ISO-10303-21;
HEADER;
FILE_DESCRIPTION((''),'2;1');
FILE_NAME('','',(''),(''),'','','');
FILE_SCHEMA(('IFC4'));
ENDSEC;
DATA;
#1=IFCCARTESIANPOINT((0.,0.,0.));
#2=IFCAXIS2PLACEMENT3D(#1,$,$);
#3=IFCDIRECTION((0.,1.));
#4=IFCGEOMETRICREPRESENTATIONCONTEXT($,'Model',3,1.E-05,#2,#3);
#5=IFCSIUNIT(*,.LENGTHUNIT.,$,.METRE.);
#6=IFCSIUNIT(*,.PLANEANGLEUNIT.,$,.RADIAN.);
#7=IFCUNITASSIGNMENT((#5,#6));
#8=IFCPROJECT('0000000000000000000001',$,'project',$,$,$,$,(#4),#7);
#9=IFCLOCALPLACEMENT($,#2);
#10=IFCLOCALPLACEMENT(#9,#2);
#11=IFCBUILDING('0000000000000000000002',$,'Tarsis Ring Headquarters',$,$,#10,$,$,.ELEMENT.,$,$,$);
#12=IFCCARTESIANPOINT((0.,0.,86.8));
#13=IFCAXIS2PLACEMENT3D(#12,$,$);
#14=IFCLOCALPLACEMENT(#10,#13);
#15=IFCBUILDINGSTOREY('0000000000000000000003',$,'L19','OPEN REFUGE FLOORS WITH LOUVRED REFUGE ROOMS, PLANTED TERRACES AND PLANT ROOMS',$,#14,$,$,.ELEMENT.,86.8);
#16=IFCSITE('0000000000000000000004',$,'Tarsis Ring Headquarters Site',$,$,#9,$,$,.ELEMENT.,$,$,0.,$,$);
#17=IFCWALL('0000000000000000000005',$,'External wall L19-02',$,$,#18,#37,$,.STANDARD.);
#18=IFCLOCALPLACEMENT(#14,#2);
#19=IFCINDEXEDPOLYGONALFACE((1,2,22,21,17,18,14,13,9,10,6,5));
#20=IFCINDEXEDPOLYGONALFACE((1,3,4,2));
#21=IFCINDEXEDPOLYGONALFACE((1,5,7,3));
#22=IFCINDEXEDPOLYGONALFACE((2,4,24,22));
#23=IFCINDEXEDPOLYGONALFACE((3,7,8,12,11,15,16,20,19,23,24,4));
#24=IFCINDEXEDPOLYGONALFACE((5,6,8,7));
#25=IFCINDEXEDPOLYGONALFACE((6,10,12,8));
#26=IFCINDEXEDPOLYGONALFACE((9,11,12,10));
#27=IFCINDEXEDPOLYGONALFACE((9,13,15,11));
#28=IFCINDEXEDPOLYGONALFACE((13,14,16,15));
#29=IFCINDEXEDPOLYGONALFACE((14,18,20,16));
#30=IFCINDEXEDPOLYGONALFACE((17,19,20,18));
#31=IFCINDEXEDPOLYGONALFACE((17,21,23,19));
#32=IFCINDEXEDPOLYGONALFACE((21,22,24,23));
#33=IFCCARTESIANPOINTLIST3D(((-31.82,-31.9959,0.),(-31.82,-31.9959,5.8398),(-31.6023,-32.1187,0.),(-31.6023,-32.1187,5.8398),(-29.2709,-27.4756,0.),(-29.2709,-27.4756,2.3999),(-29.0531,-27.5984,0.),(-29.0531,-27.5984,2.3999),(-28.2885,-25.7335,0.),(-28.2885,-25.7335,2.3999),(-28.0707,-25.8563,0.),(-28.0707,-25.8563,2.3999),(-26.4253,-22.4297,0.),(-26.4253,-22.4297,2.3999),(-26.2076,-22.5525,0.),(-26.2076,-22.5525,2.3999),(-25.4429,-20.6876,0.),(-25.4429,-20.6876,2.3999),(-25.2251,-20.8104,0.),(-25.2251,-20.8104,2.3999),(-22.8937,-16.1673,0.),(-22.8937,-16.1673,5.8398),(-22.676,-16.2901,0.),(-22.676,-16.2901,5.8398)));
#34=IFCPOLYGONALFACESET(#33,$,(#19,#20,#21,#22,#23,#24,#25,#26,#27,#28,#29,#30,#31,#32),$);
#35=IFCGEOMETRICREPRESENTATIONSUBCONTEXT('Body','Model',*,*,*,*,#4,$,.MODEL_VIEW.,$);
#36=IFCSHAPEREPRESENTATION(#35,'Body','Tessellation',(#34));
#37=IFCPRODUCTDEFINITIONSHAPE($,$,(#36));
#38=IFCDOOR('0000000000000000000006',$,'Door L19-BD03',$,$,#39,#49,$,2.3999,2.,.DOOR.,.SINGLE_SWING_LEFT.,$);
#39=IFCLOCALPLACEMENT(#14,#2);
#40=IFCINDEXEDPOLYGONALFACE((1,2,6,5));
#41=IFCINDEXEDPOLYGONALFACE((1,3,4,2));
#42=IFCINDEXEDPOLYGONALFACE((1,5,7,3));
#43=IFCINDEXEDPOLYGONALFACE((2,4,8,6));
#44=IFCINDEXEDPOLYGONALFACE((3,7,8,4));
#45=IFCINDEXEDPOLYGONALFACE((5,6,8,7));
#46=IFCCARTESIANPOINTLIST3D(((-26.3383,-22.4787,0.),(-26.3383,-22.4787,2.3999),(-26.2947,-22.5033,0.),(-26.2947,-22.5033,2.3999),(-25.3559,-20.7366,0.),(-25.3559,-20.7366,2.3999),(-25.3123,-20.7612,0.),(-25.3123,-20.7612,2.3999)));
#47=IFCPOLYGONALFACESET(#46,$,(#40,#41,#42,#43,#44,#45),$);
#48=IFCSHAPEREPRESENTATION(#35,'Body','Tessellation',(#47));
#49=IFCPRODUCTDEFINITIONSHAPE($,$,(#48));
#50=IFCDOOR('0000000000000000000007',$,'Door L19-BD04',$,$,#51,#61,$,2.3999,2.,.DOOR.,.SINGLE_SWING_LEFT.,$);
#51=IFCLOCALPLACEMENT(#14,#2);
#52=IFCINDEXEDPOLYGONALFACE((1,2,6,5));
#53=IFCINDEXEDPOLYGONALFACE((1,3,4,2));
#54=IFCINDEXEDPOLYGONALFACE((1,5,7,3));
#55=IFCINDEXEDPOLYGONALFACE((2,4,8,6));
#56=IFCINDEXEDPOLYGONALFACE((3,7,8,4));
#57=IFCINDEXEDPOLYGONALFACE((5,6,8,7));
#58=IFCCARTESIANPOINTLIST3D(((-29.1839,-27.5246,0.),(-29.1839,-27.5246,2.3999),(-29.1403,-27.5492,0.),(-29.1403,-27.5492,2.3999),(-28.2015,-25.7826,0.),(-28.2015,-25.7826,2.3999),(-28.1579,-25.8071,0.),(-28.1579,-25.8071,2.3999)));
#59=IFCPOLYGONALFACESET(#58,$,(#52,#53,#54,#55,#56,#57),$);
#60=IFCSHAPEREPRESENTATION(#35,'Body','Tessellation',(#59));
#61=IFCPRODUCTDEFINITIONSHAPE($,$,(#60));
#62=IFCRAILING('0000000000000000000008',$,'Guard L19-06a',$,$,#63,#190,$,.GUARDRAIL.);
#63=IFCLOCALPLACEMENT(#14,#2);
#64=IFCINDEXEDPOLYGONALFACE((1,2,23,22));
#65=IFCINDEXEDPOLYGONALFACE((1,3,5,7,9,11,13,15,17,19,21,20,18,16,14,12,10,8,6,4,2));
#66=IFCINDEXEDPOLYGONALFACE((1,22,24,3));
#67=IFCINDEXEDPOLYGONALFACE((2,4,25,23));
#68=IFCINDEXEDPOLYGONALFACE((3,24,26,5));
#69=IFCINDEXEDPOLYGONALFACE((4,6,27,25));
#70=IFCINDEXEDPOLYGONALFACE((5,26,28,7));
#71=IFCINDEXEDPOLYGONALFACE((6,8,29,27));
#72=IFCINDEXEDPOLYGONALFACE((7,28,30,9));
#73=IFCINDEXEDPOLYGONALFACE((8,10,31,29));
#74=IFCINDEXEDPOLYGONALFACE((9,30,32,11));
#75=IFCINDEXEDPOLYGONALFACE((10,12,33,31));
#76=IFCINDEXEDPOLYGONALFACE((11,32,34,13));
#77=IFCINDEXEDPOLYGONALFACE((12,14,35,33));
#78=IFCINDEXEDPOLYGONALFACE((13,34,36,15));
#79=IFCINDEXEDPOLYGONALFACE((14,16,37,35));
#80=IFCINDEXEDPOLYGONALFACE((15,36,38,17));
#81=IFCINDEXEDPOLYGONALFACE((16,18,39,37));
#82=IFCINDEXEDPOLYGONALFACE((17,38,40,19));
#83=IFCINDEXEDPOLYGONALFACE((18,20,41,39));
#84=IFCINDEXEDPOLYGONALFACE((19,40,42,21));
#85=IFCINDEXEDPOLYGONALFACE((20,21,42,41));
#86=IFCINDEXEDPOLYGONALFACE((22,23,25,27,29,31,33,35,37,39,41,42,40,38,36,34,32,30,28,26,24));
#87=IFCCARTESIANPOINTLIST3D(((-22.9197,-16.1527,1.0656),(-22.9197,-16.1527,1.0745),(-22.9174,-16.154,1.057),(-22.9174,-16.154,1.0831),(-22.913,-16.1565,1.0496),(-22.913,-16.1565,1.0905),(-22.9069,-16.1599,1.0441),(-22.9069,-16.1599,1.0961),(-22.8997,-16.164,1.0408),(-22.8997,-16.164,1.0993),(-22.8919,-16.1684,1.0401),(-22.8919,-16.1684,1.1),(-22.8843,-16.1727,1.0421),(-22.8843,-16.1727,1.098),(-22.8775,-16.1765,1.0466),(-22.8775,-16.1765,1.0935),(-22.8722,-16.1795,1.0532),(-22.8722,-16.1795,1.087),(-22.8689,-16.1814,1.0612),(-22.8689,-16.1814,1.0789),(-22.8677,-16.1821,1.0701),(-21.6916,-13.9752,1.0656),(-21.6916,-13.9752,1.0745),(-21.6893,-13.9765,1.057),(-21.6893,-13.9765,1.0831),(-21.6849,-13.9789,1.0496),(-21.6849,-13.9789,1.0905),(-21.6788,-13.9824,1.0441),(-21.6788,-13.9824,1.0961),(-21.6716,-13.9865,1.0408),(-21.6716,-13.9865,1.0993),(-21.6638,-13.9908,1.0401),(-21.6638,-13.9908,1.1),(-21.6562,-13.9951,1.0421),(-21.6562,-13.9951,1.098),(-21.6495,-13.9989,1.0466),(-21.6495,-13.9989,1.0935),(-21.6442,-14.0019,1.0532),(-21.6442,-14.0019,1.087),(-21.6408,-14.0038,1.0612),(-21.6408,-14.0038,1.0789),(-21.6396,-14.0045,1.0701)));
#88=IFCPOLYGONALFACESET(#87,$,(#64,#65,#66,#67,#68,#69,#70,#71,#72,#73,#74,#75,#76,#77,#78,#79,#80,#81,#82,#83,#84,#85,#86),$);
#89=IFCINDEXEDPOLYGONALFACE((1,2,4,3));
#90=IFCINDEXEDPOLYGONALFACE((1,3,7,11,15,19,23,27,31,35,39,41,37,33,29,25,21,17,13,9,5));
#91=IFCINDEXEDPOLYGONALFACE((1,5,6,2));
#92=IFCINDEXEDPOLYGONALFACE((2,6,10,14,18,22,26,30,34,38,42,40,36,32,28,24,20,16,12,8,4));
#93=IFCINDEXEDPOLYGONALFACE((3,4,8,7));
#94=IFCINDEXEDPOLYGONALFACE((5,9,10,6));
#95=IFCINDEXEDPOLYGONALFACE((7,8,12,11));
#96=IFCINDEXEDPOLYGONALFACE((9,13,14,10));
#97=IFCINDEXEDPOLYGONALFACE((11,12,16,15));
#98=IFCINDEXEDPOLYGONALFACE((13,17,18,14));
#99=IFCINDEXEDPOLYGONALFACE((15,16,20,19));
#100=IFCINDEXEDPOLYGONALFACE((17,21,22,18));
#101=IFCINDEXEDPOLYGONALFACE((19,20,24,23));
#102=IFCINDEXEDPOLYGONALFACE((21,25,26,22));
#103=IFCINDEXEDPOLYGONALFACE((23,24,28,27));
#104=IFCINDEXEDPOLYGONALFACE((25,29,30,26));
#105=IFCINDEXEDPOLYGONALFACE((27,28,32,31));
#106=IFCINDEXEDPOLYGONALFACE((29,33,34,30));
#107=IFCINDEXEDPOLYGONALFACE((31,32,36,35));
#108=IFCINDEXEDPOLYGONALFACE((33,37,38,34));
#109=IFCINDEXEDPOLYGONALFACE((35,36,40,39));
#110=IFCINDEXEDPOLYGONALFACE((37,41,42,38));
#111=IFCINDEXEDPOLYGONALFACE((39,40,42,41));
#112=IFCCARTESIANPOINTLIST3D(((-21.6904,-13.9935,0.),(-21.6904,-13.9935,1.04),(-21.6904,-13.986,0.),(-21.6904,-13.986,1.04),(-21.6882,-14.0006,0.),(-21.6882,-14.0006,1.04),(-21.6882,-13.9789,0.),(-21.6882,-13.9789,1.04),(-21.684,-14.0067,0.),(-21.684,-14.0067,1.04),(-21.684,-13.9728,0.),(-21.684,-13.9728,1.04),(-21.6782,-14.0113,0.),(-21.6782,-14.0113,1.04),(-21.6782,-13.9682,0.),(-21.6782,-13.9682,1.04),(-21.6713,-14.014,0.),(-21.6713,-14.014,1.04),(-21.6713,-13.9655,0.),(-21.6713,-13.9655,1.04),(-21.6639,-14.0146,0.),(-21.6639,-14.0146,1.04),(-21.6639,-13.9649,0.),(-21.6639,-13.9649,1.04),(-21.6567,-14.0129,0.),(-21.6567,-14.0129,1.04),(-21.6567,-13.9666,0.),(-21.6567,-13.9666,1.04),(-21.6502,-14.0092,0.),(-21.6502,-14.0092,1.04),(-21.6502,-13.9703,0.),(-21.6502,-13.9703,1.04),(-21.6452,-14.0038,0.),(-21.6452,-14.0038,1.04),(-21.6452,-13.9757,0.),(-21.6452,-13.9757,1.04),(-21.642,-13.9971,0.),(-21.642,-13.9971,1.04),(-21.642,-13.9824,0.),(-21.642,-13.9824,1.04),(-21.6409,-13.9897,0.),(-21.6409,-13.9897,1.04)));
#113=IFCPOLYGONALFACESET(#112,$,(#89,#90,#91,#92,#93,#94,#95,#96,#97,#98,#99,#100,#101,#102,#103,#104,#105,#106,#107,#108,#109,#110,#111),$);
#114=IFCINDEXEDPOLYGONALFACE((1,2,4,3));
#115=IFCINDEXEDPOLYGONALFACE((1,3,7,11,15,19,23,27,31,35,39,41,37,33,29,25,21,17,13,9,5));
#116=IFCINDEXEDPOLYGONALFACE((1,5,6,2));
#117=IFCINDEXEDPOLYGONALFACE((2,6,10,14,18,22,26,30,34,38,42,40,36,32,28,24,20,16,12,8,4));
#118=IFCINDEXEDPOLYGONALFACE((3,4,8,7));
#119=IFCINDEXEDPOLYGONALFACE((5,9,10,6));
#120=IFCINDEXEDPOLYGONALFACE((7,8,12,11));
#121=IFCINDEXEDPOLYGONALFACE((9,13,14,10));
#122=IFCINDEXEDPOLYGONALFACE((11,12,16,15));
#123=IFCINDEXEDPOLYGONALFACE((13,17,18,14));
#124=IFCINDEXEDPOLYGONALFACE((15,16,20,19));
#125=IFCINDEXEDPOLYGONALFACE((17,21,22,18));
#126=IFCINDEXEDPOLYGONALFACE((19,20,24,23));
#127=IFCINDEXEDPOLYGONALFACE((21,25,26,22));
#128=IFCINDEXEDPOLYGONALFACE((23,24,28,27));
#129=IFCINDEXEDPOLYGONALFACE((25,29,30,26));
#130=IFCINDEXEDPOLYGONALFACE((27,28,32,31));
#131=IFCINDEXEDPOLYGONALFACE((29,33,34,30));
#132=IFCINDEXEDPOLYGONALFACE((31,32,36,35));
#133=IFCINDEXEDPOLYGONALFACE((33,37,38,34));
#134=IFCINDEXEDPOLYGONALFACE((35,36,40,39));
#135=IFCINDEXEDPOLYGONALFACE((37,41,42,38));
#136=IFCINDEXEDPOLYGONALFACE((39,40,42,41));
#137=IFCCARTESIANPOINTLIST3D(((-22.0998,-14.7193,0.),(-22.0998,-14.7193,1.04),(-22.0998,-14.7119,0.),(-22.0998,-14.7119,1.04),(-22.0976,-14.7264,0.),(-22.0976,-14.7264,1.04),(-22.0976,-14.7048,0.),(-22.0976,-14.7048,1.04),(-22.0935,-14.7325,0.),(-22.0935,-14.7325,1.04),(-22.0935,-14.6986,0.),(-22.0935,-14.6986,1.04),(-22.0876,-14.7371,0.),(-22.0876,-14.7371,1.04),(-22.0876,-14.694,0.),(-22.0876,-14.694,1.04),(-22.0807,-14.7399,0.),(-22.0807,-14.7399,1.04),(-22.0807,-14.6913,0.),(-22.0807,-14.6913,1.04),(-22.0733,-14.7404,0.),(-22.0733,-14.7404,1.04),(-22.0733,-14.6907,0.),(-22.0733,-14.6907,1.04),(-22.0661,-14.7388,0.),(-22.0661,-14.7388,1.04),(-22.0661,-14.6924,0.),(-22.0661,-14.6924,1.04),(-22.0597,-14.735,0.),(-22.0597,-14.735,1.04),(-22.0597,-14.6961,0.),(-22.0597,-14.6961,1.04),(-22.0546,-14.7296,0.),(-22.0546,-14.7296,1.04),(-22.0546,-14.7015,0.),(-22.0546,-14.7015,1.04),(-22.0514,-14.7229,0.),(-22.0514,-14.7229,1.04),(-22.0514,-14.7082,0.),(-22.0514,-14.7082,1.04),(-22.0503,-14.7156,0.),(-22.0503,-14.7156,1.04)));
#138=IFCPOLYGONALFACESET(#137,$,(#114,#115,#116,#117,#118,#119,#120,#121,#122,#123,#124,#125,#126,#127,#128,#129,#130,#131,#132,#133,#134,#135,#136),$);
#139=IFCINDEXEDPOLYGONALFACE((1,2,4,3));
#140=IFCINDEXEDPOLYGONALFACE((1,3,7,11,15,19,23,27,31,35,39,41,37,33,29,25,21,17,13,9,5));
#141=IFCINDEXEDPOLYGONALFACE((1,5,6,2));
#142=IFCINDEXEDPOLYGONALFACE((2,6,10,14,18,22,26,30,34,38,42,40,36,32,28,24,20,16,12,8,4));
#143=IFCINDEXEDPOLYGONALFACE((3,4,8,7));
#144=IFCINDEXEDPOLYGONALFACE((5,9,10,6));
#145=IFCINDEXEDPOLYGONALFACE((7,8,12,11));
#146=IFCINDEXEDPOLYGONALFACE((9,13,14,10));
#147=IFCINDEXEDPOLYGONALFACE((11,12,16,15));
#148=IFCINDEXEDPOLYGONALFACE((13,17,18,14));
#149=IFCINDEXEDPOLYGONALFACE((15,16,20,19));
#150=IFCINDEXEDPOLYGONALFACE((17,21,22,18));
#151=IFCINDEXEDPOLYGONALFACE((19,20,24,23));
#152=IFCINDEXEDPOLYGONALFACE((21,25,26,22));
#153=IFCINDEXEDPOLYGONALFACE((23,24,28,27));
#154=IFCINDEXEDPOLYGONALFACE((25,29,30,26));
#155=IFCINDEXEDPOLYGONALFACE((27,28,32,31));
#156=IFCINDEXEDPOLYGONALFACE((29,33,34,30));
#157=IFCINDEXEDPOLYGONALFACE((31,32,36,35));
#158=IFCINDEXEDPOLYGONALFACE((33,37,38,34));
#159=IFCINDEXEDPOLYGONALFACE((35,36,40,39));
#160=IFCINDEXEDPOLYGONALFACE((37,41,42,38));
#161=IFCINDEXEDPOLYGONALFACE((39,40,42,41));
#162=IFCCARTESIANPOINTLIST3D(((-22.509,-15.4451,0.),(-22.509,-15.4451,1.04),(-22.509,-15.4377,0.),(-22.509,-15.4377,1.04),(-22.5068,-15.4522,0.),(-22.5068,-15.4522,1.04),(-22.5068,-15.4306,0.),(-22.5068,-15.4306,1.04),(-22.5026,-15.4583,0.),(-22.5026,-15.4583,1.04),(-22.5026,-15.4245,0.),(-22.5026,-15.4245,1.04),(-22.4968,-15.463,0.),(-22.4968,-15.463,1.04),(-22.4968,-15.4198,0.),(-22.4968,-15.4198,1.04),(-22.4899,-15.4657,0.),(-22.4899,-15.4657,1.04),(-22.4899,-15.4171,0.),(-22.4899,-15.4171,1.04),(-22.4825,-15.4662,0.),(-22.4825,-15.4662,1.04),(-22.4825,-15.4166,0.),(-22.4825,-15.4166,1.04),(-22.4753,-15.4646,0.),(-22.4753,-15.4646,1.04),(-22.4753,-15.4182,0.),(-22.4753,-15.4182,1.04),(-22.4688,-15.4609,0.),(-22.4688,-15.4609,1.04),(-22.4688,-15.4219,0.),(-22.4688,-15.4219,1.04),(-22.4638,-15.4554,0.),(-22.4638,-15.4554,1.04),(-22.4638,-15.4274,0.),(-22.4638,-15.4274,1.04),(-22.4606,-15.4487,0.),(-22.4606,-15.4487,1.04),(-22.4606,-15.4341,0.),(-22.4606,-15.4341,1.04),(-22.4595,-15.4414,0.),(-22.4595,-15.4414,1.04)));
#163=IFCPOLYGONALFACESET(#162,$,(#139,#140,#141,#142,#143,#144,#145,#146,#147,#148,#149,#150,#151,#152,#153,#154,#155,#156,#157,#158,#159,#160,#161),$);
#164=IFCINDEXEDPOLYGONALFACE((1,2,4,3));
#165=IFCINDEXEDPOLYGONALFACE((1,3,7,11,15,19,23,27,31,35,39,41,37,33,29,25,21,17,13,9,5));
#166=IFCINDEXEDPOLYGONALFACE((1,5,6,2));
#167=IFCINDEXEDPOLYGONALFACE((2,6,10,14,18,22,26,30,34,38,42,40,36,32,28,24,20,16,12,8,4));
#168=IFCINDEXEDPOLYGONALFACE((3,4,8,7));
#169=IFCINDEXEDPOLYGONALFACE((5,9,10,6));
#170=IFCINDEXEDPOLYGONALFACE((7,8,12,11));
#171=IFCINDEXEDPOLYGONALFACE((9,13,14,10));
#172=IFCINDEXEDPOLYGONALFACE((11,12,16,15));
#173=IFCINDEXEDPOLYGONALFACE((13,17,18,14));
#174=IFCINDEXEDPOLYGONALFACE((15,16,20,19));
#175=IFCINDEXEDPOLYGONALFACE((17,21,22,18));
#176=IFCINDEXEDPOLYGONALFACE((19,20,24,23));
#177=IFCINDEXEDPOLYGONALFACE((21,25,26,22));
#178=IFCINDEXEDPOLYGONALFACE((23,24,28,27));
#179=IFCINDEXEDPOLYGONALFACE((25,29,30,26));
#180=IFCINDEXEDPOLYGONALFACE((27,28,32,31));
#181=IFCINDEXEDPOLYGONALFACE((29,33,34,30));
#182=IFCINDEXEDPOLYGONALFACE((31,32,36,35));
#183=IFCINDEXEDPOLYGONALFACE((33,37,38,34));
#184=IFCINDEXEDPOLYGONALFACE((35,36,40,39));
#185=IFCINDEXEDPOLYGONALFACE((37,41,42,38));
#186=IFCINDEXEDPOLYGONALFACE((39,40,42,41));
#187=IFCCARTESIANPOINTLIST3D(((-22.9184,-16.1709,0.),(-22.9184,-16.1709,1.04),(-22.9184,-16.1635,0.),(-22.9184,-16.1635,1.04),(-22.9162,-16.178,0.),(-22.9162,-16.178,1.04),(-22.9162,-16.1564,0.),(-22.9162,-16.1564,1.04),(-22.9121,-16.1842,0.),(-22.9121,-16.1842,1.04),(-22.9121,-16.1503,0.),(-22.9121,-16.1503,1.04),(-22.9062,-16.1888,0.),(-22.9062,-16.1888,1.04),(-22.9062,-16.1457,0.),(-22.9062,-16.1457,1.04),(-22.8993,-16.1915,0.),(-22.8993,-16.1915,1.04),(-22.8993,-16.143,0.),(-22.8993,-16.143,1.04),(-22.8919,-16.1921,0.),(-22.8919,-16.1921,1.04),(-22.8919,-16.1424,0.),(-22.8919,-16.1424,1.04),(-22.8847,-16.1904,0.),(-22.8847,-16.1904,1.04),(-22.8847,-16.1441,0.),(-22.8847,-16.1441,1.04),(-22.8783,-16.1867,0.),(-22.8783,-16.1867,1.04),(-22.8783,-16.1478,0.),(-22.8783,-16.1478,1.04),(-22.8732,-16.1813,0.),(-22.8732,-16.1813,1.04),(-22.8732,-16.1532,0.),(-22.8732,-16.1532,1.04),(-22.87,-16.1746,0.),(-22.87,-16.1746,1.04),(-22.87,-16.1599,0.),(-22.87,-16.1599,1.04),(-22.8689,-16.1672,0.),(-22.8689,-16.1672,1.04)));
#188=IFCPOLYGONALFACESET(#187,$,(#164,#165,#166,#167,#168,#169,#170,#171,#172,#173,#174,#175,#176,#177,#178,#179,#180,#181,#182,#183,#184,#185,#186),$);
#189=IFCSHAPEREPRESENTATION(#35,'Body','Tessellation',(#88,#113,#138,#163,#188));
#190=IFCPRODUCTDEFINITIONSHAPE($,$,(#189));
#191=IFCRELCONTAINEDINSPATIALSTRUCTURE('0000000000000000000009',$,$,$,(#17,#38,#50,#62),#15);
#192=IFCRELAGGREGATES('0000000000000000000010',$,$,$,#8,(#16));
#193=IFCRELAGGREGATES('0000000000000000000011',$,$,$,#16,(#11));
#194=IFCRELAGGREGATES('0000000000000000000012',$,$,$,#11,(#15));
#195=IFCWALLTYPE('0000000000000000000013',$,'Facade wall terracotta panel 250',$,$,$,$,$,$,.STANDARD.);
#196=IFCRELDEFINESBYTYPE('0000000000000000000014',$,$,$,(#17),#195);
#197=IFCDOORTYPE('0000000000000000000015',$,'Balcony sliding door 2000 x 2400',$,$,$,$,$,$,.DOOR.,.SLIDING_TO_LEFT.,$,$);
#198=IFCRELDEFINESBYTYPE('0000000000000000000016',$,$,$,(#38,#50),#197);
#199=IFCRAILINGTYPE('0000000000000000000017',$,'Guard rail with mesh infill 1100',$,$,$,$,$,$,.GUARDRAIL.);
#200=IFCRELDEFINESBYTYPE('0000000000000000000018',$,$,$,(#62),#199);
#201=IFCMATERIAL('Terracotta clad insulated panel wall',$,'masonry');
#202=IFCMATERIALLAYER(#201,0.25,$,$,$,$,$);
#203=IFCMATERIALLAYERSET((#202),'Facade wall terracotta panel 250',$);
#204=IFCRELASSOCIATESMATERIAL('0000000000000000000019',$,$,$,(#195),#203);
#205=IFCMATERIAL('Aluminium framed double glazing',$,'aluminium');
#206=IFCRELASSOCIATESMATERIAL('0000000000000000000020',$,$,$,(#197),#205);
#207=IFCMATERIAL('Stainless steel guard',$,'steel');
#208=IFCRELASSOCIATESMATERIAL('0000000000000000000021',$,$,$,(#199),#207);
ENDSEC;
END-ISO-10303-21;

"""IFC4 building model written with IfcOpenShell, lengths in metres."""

from ifc_helpers import new_model, si_unit, direction, frame, frame_2d, origin, origin_2d, place, context, subcontext, project, spatial, rectangle, circle, extrude, material, layer, layer_set, type_object, element, fill, save


model = new_model("IFC4")

# Units and contexts
model_context = context("Model", 3, precision=1e-05, world=origin(), true_north=direction((0.0, 1.0)))
body_context = subcontext(model_context, "Body", "Model", "MODEL_VIEW")
ifc_project = project(units=[si_unit("LENGTHUNIT", "METRE"), si_unit("PLANEANGLEUNIT", "RADIAN")], contexts=[model_context])

# Site, building, storey
site_placement = place(None, origin())
site = spatial("IfcSite", under=ifc_project, at=site_placement, Name="Tarsis Ring Headquarters Site", CompositionType="ELEMENT", RefElevation=0.0)
building_placement = place(site_placement, origin())
building = spatial("IfcBuilding", under=site, at=building_placement, Name="Tarsis Ring Headquarters", CompositionType="ELEMENT")
storey_placement = place(building_placement, frame((0.0, 0.0, 86.8)))
storey = spatial("IfcBuildingStorey", under=building, at=storey_placement, Name="L19", Description="OPEN REFUGE FLOORS WITH LOUVRED REFUGE ROOMS, PLANTED TERRACES AND PLANT ROOMS", CompositionType="ELEMENT", Elevation=86.8)

# Wall, openings, doors
ifc_material_1 = material(Name="Terracotta clad insulated panel wall", Category="masonry")
ifc_layer_1 = layer(ifc_material_1, 0.25)
ifc_layer_set_1 = layer_set([ifc_layer_1], Name="Facade wall terracotta panel 250")
wall_type_1 = type_object("IfcWallType", Name="Facade wall terracotta panel 250", PredefinedType="STANDARD", material=ifc_layer_set_1)
wall_1_placement = place(storey_placement, frame((-22.7849, -16.2288, 0.0), z_axis=(0.0, 0.0, 1.0), x_axis=(-0.491209, -0.871042, 0.0)))
wall_1 = element("IfcWall", 1, at=wall_1_placement, inside=storey, type_object=wall_type_1, Name="External wall L19-02", PredefinedType="STANDARD", context=body_context, shape_type="SweptSolid", body=[
    extrude(rectangle(XDim=18.1721, YDim=0.25, at=frame_2d((9.0859, 0.0))), origin(), (0.0, 0.0, 1.0), 5.8398),
])
opening_1_placement = place(wall_1_placement, frame((5.1895, 0.0, 0.0)))
opening_1 = element("IfcOpeningElement", 2, at=opening_1_placement, cuts=wall_1, PredefinedType="OPENING", context=body_context, shape_type="SweptSolid", body=[
    extrude(rectangle(XDim=2.0, YDim=2.3999, at=frame_2d((1.0, 1.2))), frame((0.0, 0.135, 0.0), z_axis=(0.0, -1.0, 0.0), x_axis=(1.0, 0.0, 0.0)), (0.0, 0.0, 1.0), 0.27),
])
opening_2_placement = place(wall_1_placement, frame((10.9824, 0.0, 0.0)))
opening_2 = element("IfcOpeningElement", 3, at=opening_2_placement, cuts=wall_1, PredefinedType="OPENING", context=body_context, shape_type="SweptSolid", body=[
    extrude(rectangle(XDim=2.0, YDim=2.3999, at=frame_2d((1.0, 1.2))), frame((0.0, 0.135, 0.0), z_axis=(0.0, -1.0, 0.0), x_axis=(1.0, 0.0, 0.0)), (0.0, 0.0, 1.0), 0.27),
])
ifc_material_2 = material(Name="Aluminium framed double glazing", Category="aluminium")
door_type_1 = type_object("IfcDoorType", Name="Balcony sliding door 2000 x 2400", OperationType="SLIDING_TO_LEFT", PredefinedType="DOOR", material=ifc_material_2)
door_1_placement = place(opening_1_placement, origin())
door_1 = element("IfcDoor", 4, at=door_1_placement, inside=storey, type_object=door_type_1, Name="Door L19-BD03", OperationType="SINGLE_SWING_LEFT", OverallHeight=2.3999, OverallWidth=2.0, PredefinedType="DOOR", context=body_context, shape_type="SweptSolid", body=[
    extrude(rectangle(XDim=2.0, YDim=2.3999, at=frame_2d((1.0, 1.2))), frame((0.0, 0.0249, 0.0), z_axis=(0.0, -1.0, 0.0), x_axis=(1.0, 0.0, 0.0)), (0.0, 0.0, 1.0), 0.05),
])
fill(opening_1, door_1)
door_2_placement = place(opening_2_placement, origin())
door_2 = element("IfcDoor", 5, at=door_2_placement, inside=storey, type_object=door_type_1, Name="Door L19-BD04", OperationType="SINGLE_SWING_LEFT", OverallHeight=2.3999, OverallWidth=2.0, PredefinedType="DOOR", context=body_context, shape_type="SweptSolid", body=[
    extrude(rectangle(XDim=2.0, YDim=2.3999, at=frame_2d((1.0, 1.2))), frame((0.0, 0.0249, 0.0), z_axis=(0.0, -1.0, 0.0), x_axis=(1.0, 0.0, 0.0)), (0.0, 0.0, 1.0), 0.05),
])
fill(opening_2, door_2)

# Railing
ifc_material_3 = material(Name="Stainless steel guard", Category="steel")
railing_type = type_object("IfcRailingType", Name="Guard rail with mesh infill 1100", PredefinedType="GUARDRAIL", material=ifc_material_3)
railing_placement = place(storey_placement, frame((-21.6658, -13.9897, 0.0)))
element("IfcRailing", 6, at=railing_placement, inside=storey, type_object=railing_type, Name="Guard L19-06a", PredefinedType="GUARDRAIL", context=body_context, shape_type="SweptSolid", body=[
    extrude(circle(Radius=0.03, at=origin_2d()), frame((0.0, 0.0, 1.0701), z_axis=(-0.49123, -0.87103, 0.0), x_axis=(0.87103, -0.49123, 0.0)), (0.0, 0.0, 1.0), 2.5),
    extrude(circle(Radius=0.0249, at=origin_2d()), origin(), (0.0, 0.0, 1.0), 1.04),
    extrude(circle(Radius=0.0249, at=origin_2d()), frame((-0.4094, -0.7258, 0.0)), (0.0, 0.0, 1.0), 1.04),
    extrude(circle(Radius=0.0249, at=origin_2d()), frame((-0.8186, -1.4517, 0.0)), (0.0, 0.0, 1.0), 1.04),
    extrude(circle(Radius=0.0249, at=origin_2d()), frame((-1.228, -2.1775, 0.0)), (0.0, 0.0, 1.0), 1.04),
])

save(model, "model.ifc")
